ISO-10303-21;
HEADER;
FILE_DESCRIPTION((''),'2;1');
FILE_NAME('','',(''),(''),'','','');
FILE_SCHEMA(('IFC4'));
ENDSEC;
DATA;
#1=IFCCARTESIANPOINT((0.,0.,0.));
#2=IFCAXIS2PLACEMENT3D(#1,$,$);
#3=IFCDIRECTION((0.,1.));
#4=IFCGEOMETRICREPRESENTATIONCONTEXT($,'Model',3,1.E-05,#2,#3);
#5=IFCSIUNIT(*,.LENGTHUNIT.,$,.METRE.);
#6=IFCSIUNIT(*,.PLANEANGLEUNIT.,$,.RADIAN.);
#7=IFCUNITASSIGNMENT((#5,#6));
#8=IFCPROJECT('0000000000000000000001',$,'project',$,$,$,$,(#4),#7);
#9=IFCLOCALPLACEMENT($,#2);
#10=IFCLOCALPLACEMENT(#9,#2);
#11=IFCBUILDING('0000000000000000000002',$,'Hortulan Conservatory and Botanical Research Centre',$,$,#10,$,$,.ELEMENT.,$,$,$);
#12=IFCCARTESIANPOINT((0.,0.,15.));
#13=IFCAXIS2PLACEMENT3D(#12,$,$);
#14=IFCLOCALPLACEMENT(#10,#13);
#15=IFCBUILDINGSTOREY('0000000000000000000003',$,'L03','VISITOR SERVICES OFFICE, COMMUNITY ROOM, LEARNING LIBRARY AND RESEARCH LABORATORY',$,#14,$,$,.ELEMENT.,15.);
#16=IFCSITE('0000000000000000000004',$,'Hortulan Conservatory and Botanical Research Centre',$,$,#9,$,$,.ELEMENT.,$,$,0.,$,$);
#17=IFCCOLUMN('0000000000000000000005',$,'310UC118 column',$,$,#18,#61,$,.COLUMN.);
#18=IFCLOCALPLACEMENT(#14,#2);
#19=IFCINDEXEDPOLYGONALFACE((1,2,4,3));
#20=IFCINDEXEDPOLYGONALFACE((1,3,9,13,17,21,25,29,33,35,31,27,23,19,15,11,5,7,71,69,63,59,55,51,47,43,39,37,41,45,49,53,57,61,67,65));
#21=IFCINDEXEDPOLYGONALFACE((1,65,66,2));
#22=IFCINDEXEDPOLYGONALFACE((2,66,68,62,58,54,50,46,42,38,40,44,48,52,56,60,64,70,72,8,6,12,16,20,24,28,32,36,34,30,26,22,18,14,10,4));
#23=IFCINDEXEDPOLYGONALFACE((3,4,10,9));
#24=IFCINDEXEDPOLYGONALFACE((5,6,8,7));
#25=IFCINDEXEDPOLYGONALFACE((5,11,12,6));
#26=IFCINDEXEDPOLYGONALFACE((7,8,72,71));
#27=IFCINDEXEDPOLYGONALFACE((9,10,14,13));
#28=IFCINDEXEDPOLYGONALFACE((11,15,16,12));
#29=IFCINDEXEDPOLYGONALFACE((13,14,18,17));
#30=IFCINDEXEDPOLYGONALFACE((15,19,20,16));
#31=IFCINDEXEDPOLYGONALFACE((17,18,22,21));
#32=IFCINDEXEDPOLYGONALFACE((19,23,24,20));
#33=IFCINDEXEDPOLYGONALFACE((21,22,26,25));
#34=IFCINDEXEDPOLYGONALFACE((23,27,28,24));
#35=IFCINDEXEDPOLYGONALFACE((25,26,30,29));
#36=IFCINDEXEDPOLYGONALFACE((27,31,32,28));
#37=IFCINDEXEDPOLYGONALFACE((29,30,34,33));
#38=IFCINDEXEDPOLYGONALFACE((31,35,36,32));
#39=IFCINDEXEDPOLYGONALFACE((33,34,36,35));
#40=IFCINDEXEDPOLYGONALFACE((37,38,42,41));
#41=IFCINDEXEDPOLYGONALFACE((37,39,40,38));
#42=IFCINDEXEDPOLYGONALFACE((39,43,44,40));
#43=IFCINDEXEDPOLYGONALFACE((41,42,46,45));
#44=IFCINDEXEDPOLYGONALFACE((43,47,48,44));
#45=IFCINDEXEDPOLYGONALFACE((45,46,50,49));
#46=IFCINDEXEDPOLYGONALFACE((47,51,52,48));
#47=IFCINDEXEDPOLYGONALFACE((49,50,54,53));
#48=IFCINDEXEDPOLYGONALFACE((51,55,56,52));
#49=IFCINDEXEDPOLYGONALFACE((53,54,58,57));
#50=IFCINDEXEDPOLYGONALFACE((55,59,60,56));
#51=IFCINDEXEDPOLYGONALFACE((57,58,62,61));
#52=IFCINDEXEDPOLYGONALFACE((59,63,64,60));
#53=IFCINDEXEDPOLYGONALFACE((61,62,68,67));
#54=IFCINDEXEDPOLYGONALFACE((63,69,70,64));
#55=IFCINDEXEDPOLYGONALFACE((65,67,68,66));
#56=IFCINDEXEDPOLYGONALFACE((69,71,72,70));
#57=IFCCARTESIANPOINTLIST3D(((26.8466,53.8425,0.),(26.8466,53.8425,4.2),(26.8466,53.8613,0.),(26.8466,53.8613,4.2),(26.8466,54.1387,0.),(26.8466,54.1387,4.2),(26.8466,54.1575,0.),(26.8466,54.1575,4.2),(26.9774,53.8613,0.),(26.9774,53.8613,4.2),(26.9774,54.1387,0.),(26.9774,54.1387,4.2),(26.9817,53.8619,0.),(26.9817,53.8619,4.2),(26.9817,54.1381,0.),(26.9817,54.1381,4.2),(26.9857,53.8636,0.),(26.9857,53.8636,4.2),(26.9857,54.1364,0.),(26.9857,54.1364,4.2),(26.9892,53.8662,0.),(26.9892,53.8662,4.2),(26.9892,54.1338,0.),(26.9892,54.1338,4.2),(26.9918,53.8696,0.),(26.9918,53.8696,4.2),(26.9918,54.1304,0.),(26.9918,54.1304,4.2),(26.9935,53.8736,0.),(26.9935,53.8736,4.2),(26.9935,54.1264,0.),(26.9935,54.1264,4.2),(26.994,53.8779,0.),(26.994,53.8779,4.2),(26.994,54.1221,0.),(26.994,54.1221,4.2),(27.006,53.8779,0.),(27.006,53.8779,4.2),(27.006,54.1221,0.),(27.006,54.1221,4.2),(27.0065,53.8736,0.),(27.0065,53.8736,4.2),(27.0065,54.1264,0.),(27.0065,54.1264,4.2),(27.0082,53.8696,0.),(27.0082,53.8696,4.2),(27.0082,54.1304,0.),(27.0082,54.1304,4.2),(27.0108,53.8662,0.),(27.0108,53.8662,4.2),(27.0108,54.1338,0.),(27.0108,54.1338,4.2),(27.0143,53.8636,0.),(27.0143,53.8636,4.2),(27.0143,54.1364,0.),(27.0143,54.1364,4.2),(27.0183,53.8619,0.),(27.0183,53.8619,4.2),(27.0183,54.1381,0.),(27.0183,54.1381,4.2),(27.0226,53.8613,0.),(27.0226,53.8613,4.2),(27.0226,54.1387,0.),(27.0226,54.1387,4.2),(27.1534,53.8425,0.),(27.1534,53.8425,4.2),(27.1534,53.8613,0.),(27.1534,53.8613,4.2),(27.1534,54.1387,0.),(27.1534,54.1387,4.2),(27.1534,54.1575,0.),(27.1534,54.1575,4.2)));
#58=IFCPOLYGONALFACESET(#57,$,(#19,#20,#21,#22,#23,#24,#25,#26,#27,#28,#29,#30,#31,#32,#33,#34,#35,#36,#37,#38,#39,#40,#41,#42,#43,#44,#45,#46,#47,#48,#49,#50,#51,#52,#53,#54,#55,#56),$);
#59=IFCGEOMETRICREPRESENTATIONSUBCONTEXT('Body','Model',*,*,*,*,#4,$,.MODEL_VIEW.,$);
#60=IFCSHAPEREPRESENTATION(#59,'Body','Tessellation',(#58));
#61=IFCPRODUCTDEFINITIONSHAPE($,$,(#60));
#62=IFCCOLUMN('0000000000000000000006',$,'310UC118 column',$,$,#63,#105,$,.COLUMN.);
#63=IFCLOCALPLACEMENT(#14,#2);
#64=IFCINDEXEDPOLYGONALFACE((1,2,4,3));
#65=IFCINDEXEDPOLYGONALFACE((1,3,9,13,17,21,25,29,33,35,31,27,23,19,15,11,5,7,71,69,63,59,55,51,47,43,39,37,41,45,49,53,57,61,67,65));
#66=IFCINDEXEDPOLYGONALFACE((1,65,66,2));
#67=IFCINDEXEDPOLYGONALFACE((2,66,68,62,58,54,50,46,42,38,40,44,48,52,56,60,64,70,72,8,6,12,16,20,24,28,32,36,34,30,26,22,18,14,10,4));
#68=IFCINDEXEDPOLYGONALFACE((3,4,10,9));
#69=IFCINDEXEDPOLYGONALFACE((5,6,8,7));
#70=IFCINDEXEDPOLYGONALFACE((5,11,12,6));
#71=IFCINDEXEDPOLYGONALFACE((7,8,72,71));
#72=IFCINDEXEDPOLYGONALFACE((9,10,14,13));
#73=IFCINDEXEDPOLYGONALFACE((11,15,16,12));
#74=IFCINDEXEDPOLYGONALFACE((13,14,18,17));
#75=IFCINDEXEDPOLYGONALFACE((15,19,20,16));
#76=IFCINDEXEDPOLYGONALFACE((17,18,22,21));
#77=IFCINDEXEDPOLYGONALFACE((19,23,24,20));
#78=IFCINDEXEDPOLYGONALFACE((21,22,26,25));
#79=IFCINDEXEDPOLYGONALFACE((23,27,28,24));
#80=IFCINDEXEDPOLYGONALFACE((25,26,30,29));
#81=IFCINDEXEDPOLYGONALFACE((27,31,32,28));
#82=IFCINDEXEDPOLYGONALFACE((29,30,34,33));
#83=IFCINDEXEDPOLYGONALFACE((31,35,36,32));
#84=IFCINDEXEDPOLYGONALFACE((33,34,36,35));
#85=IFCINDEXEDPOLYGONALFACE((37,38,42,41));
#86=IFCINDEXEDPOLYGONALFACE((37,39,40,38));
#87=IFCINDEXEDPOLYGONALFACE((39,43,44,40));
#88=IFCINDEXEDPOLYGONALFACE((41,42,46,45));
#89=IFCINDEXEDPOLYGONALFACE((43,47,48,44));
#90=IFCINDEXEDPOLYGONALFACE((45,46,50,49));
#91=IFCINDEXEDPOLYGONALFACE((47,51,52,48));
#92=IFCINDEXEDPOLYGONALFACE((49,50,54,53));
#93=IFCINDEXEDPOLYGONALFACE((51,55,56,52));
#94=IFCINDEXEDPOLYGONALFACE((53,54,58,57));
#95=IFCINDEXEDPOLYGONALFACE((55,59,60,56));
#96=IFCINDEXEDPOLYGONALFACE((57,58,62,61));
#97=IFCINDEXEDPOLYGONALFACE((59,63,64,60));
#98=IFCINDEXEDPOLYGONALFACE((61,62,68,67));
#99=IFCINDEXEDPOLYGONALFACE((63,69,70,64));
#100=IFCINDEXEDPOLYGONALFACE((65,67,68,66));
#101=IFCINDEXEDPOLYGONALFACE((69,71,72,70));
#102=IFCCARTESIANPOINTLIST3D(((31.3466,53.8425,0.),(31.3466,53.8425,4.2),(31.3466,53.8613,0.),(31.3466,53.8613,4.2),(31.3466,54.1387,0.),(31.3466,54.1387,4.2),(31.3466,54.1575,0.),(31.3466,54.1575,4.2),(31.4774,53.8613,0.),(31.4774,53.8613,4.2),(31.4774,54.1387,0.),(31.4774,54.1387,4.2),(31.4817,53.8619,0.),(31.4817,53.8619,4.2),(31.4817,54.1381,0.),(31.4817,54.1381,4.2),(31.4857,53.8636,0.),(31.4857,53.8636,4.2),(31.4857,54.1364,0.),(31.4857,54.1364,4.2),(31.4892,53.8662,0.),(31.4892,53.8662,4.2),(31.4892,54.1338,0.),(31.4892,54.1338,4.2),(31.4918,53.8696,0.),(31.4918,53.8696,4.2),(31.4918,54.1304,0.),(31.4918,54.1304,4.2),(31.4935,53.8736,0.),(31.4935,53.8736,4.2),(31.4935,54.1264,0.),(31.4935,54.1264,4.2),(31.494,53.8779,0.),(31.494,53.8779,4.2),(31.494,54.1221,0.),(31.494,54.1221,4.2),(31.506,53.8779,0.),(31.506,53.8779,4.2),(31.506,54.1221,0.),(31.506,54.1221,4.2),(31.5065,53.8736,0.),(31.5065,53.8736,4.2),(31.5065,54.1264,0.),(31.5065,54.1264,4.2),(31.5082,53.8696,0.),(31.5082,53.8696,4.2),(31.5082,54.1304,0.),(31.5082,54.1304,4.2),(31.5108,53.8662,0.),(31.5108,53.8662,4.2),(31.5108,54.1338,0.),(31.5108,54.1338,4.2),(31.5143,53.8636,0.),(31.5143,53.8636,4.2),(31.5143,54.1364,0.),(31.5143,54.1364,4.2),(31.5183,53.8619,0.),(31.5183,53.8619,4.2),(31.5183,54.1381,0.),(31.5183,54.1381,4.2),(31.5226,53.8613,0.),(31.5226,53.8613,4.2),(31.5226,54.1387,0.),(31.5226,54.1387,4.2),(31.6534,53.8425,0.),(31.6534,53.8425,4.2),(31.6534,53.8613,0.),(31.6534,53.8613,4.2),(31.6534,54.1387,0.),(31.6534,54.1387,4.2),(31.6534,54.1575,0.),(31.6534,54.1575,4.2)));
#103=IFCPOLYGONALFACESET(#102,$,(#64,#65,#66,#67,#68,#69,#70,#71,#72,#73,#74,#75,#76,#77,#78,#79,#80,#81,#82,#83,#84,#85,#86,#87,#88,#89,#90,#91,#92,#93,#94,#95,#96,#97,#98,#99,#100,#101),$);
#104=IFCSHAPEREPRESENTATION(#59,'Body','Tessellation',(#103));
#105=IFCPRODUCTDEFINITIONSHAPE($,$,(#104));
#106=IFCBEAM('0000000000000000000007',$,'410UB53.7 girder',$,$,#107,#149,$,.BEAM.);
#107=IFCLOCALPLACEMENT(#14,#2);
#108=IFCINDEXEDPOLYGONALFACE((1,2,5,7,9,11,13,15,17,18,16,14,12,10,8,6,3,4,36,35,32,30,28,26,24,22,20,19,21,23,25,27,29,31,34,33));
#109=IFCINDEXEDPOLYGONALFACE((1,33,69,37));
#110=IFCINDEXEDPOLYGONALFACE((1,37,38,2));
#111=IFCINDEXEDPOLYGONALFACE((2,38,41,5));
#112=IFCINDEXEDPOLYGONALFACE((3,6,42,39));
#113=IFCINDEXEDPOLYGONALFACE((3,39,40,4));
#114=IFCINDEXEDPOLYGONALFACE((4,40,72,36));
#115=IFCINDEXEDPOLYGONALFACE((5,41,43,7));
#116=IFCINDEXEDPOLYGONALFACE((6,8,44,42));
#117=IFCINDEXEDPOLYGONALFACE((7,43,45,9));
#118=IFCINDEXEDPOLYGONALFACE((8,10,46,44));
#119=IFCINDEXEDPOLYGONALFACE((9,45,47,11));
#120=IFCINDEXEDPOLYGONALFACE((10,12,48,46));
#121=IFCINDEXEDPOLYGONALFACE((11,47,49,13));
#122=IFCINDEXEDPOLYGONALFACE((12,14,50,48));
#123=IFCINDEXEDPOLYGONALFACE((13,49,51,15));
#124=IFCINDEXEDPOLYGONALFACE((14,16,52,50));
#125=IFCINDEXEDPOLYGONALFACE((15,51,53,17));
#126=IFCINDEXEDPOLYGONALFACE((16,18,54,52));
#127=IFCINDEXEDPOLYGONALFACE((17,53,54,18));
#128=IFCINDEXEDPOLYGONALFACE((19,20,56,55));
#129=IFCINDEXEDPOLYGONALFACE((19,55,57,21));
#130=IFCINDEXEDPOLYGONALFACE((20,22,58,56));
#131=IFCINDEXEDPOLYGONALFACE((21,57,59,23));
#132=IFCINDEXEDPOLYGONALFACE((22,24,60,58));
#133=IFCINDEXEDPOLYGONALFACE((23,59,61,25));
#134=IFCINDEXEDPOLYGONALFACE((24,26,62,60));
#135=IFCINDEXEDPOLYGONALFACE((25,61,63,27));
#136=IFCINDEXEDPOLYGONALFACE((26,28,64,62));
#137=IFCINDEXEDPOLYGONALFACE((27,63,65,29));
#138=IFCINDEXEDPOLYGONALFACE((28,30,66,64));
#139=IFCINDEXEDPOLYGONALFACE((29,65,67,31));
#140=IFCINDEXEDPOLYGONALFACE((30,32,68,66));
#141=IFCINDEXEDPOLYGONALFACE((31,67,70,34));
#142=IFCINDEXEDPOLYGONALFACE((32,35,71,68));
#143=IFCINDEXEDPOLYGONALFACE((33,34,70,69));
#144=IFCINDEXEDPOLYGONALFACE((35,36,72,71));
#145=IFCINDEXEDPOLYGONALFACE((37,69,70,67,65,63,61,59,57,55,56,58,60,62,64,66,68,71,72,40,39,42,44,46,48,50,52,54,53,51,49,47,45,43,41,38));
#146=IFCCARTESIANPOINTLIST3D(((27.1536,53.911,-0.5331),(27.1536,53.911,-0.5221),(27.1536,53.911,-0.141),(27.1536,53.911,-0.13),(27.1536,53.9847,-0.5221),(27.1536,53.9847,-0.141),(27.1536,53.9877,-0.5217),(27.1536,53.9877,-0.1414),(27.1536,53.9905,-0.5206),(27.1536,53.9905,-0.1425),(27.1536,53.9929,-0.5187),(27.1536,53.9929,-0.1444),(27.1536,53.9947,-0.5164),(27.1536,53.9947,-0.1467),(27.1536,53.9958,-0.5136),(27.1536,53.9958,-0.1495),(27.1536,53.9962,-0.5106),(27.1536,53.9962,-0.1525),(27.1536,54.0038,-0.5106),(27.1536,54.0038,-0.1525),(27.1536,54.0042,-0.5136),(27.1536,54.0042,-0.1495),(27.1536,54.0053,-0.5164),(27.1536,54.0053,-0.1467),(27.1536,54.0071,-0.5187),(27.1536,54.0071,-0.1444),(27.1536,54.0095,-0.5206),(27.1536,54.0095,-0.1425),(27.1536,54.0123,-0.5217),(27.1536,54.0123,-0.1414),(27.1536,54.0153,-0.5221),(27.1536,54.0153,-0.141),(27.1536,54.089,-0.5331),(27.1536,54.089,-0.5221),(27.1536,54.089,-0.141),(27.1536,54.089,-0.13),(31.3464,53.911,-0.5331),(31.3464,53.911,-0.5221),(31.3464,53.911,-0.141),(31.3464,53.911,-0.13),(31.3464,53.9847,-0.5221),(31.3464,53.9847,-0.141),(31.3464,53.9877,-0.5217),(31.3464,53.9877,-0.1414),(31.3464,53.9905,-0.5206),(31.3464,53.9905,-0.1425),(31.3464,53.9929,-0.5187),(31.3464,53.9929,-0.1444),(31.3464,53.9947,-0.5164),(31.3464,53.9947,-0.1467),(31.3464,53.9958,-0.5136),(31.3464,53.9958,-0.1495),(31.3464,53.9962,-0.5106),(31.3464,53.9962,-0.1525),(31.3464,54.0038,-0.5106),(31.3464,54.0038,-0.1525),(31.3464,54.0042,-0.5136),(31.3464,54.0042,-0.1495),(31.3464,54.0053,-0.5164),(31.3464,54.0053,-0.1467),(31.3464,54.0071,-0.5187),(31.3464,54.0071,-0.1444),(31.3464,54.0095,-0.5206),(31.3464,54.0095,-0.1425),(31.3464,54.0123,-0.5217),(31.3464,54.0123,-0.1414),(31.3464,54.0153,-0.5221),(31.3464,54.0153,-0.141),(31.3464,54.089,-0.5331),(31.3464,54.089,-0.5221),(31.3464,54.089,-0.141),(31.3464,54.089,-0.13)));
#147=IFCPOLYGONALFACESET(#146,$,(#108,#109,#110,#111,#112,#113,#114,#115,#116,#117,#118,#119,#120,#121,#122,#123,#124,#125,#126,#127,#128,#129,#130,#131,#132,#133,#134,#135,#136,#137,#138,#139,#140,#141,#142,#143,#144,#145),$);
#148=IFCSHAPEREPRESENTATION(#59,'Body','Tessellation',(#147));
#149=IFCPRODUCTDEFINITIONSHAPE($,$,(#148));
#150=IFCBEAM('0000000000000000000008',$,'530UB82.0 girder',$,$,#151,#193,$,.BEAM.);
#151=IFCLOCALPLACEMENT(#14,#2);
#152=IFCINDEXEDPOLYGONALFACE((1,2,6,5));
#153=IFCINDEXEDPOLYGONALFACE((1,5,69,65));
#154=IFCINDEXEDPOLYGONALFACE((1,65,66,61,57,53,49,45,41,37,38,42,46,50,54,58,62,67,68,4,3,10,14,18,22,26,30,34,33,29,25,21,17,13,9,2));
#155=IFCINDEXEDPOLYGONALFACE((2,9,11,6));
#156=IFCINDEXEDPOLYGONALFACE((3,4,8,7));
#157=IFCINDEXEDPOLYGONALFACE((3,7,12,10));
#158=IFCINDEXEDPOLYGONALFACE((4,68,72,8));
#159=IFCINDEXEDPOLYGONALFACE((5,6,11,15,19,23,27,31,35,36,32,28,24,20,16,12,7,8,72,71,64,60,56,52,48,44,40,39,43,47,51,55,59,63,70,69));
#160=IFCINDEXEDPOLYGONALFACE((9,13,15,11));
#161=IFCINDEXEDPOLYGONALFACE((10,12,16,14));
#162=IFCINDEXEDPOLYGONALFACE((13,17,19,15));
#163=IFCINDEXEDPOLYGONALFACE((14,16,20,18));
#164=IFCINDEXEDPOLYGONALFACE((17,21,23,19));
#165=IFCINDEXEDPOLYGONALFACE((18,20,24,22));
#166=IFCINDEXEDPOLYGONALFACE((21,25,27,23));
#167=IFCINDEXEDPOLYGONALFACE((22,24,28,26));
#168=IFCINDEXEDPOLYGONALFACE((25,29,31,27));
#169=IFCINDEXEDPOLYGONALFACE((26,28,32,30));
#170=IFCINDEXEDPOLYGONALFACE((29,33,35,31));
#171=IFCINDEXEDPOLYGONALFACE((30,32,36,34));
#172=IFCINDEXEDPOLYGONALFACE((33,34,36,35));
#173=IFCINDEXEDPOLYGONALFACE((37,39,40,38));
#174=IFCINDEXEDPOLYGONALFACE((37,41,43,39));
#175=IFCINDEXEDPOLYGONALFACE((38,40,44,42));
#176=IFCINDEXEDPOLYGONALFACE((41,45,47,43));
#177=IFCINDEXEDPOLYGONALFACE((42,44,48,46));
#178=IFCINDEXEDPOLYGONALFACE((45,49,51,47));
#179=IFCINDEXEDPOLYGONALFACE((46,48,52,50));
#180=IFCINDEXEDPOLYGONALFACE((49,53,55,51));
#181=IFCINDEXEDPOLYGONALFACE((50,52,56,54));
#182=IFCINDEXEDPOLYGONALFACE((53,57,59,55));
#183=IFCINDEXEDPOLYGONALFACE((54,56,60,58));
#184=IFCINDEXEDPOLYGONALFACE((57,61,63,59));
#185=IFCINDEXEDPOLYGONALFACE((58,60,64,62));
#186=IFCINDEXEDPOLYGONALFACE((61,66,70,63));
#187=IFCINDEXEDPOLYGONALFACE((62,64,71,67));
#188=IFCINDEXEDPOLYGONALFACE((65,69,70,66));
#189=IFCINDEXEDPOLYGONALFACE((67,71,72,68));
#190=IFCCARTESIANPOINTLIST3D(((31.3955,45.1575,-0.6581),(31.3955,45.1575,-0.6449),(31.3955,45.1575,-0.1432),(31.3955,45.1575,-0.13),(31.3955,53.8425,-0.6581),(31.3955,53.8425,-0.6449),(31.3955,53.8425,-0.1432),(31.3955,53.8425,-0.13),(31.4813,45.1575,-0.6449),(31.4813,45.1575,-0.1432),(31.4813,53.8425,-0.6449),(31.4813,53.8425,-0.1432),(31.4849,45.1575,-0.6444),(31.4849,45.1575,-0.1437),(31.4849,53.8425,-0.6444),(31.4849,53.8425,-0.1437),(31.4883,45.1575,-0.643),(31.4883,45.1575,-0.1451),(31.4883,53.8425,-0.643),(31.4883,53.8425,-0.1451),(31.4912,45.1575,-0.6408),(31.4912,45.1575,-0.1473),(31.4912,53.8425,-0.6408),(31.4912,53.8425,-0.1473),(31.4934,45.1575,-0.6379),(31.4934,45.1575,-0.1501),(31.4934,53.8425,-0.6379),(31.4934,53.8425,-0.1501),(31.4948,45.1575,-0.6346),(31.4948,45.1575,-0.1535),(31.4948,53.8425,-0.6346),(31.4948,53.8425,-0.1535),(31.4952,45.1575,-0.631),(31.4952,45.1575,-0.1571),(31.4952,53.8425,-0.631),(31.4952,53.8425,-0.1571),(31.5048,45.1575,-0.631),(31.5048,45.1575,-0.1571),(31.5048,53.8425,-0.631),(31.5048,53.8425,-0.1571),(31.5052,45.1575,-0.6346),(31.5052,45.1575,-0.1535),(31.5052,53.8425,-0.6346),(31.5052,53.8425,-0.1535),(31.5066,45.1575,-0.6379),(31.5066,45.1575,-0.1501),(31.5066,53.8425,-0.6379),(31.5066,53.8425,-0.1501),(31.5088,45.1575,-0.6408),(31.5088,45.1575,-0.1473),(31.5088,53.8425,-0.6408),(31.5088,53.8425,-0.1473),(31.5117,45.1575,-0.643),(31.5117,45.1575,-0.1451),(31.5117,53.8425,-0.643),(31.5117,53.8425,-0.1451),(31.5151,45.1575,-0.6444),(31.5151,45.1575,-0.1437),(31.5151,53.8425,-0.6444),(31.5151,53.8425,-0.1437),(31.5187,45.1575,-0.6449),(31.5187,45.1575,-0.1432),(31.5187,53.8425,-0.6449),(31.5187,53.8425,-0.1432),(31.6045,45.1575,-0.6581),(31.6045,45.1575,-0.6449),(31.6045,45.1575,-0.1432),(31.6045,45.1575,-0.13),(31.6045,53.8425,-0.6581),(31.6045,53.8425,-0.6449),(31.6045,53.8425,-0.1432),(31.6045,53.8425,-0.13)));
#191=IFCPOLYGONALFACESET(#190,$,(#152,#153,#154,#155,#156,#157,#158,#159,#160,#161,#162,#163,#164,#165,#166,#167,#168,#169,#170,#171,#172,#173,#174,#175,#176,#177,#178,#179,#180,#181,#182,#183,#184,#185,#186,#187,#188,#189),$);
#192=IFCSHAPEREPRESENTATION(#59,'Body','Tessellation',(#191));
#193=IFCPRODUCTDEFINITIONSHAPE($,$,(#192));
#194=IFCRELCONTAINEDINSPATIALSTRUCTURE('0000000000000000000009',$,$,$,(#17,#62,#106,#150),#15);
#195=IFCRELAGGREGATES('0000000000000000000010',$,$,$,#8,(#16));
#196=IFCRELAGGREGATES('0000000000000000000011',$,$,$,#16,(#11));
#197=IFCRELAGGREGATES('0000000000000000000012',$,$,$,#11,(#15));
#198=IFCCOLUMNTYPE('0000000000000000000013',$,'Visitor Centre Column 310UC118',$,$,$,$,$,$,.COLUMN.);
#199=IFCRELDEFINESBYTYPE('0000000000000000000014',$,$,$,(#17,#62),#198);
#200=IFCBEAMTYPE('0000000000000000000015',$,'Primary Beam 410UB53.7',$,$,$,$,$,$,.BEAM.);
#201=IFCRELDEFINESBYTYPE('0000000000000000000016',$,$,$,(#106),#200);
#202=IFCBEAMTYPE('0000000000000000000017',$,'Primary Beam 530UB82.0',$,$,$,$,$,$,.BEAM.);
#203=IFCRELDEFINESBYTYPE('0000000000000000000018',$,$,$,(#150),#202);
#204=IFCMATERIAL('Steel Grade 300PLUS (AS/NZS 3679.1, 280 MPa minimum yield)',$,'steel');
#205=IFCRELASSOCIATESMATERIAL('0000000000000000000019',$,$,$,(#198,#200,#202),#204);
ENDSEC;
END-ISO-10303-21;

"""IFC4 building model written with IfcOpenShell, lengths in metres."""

from ifc_helpers import new_model, si_unit, direction, frame, origin, origin_2d, place, context, subcontext, project, spatial, i_section, extrude, material, material_profile, profile_set, type_object, element, save


model = new_model("IFC4")

# Units and contexts
model_context = context("Model", 3, precision=1e-05, world=origin(), true_north=direction((0.0, 1.0)))
body_context = subcontext(model_context, "Body", "Model", "MODEL_VIEW")
ifc_project = project(units=[si_unit("LENGTHUNIT", "METRE"), si_unit("PLANEANGLEUNIT", "RADIAN")], contexts=[model_context])

# Site, building, storey
site_placement = place(None, origin())
site = spatial("IfcSite", under=ifc_project, at=site_placement, Name="Hortulan Conservatory and Botanical Research Centre", CompositionType="ELEMENT", RefElevation=0.0)
building_placement = place(site_placement, origin())
building = spatial("IfcBuilding", under=site, at=building_placement, Name="Hortulan Conservatory and Botanical Research Centre", CompositionType="ELEMENT")
storey_placement = place(building_placement, frame((0.0, 0.0, 15.0)))
storey = spatial("IfcBuildingStorey", under=building, at=storey_placement, Name="L03", Description="VISITOR SERVICES OFFICE, COMMUNITY ROOM, LEARNING LIBRARY AND RESEARCH LABORATORY", CompositionType="ELEMENT", Elevation=15.0)

# Columns
ifc_material_1 = material(Name="Steel Grade 300PLUS (AS/NZS 3679.1, 280 MPa minimum yield)", Category="steel")
ifc_material_profile_1 = material_profile(ifc_material_1, i_section(OverallWidth=0.3069, OverallDepth=0.3149, WebThickness=0.012, FlangeThickness=0.0188, FilletRadius=0.0166, at=origin_2d()), Name="310UC118")
ifc_profile_set_1 = profile_set([ifc_material_profile_1], Name="Steel Grade 300PLUS (AS/NZS 3679.1, 280 MPa minimum yield)")
column_type = type_object("IfcColumnType", Name="Visitor Centre Column 310UC118", PredefinedType="COLUMN", material=ifc_profile_set_1)
for number, where, z_axis, x_axis, name in (
    (1, (27.0, 54.0, 0.0), (0.0, 0.0, 1.0), (1.0, 0.0, 0.0), "310UC118 column"),
    (2, (31.5, 54.0, 0.0), (0.0, 0.0, 1.0), (1.0, 0.0, 0.0), "310UC118 column"),
):
    element("IfcColumn", number, at=place(storey_placement, frame(where, z_axis=z_axis, x_axis=x_axis)), inside=storey, type_object=column_type, Name=name, PredefinedType="COLUMN", context=body_context, shape_type="SweptSolid", body=[
        extrude(i_section(OverallWidth=0.3069, OverallDepth=0.3149, WebThickness=0.012, FlangeThickness=0.0188, FilletRadius=0.0166, at=origin_2d()), origin(), (0.0, 0.0, 1.0), 4.2),
    ])

# Beams
ifc_material_profile_2 = material_profile(ifc_material_1, i_section(OverallWidth=0.178, OverallDepth=0.4031, WebThickness=0.0076, FlangeThickness=0.011, FilletRadius=0.0115, at=origin_2d()), Name="410UB53.7")
ifc_profile_set_2 = profile_set([ifc_material_profile_2], Name="Steel Grade 300PLUS (AS/NZS 3679.1, 280 MPa minimum yield)")
beam_type_1 = type_object("IfcBeamType", Name="Primary Beam 410UB53.7", PredefinedType="BEAM", material=ifc_profile_set_2)
beam_1_placement = place(storey_placement, frame((27.1536, 54.0, -0.3315), z_axis=(1.0, 0.0, 0.0), x_axis=(0.0, 1.0, 0.0)))
element("IfcBeam", 3, at=beam_1_placement, inside=storey, type_object=beam_type_1, Name="410UB53.7 girder", PredefinedType="BEAM", context=body_context, shape_type="SweptSolid", body=[
    extrude(i_section(OverallWidth=0.178, OverallDepth=0.4031, WebThickness=0.0076, FlangeThickness=0.011, FilletRadius=0.0115, at=origin_2d()), origin(), (0.0, 0.0, 1.0), 4.1929),
])
ifc_material_profile_3 = material_profile(ifc_material_1, i_section(OverallWidth=0.209, OverallDepth=0.5281, WebThickness=0.0095, FlangeThickness=0.0132, FilletRadius=0.0139, at=origin_2d()), Name="530UB82.0")
ifc_profile_set_3 = profile_set([ifc_material_profile_3], Name="Steel Grade 300PLUS (AS/NZS 3679.1, 280 MPa minimum yield)")
beam_type_2 = type_object("IfcBeamType", Name="Primary Beam 530UB82.0", PredefinedType="BEAM", material=ifc_profile_set_3)
for number, where, z_axis, x_axis, name in (
    (4, (31.5, 45.1575, -0.394), (0.0, 1.0, 0.0), (-1.0, 0.0, 0.0), "530UB82.0 girder"),
):
    element("IfcBeam", number, at=place(storey_placement, frame(where, z_axis=z_axis, x_axis=x_axis)), inside=storey, type_object=beam_type_2, Name=name, PredefinedType="BEAM", context=body_context, shape_type="SweptSolid", body=[
        extrude(i_section(OverallWidth=0.209, OverallDepth=0.5281, WebThickness=0.0095, FlangeThickness=0.0132, FilletRadius=0.0139, at=origin_2d()), origin(), (0.0, 0.0, 1.0), 8.6851),
    ])

save(model, "model.ifc")
